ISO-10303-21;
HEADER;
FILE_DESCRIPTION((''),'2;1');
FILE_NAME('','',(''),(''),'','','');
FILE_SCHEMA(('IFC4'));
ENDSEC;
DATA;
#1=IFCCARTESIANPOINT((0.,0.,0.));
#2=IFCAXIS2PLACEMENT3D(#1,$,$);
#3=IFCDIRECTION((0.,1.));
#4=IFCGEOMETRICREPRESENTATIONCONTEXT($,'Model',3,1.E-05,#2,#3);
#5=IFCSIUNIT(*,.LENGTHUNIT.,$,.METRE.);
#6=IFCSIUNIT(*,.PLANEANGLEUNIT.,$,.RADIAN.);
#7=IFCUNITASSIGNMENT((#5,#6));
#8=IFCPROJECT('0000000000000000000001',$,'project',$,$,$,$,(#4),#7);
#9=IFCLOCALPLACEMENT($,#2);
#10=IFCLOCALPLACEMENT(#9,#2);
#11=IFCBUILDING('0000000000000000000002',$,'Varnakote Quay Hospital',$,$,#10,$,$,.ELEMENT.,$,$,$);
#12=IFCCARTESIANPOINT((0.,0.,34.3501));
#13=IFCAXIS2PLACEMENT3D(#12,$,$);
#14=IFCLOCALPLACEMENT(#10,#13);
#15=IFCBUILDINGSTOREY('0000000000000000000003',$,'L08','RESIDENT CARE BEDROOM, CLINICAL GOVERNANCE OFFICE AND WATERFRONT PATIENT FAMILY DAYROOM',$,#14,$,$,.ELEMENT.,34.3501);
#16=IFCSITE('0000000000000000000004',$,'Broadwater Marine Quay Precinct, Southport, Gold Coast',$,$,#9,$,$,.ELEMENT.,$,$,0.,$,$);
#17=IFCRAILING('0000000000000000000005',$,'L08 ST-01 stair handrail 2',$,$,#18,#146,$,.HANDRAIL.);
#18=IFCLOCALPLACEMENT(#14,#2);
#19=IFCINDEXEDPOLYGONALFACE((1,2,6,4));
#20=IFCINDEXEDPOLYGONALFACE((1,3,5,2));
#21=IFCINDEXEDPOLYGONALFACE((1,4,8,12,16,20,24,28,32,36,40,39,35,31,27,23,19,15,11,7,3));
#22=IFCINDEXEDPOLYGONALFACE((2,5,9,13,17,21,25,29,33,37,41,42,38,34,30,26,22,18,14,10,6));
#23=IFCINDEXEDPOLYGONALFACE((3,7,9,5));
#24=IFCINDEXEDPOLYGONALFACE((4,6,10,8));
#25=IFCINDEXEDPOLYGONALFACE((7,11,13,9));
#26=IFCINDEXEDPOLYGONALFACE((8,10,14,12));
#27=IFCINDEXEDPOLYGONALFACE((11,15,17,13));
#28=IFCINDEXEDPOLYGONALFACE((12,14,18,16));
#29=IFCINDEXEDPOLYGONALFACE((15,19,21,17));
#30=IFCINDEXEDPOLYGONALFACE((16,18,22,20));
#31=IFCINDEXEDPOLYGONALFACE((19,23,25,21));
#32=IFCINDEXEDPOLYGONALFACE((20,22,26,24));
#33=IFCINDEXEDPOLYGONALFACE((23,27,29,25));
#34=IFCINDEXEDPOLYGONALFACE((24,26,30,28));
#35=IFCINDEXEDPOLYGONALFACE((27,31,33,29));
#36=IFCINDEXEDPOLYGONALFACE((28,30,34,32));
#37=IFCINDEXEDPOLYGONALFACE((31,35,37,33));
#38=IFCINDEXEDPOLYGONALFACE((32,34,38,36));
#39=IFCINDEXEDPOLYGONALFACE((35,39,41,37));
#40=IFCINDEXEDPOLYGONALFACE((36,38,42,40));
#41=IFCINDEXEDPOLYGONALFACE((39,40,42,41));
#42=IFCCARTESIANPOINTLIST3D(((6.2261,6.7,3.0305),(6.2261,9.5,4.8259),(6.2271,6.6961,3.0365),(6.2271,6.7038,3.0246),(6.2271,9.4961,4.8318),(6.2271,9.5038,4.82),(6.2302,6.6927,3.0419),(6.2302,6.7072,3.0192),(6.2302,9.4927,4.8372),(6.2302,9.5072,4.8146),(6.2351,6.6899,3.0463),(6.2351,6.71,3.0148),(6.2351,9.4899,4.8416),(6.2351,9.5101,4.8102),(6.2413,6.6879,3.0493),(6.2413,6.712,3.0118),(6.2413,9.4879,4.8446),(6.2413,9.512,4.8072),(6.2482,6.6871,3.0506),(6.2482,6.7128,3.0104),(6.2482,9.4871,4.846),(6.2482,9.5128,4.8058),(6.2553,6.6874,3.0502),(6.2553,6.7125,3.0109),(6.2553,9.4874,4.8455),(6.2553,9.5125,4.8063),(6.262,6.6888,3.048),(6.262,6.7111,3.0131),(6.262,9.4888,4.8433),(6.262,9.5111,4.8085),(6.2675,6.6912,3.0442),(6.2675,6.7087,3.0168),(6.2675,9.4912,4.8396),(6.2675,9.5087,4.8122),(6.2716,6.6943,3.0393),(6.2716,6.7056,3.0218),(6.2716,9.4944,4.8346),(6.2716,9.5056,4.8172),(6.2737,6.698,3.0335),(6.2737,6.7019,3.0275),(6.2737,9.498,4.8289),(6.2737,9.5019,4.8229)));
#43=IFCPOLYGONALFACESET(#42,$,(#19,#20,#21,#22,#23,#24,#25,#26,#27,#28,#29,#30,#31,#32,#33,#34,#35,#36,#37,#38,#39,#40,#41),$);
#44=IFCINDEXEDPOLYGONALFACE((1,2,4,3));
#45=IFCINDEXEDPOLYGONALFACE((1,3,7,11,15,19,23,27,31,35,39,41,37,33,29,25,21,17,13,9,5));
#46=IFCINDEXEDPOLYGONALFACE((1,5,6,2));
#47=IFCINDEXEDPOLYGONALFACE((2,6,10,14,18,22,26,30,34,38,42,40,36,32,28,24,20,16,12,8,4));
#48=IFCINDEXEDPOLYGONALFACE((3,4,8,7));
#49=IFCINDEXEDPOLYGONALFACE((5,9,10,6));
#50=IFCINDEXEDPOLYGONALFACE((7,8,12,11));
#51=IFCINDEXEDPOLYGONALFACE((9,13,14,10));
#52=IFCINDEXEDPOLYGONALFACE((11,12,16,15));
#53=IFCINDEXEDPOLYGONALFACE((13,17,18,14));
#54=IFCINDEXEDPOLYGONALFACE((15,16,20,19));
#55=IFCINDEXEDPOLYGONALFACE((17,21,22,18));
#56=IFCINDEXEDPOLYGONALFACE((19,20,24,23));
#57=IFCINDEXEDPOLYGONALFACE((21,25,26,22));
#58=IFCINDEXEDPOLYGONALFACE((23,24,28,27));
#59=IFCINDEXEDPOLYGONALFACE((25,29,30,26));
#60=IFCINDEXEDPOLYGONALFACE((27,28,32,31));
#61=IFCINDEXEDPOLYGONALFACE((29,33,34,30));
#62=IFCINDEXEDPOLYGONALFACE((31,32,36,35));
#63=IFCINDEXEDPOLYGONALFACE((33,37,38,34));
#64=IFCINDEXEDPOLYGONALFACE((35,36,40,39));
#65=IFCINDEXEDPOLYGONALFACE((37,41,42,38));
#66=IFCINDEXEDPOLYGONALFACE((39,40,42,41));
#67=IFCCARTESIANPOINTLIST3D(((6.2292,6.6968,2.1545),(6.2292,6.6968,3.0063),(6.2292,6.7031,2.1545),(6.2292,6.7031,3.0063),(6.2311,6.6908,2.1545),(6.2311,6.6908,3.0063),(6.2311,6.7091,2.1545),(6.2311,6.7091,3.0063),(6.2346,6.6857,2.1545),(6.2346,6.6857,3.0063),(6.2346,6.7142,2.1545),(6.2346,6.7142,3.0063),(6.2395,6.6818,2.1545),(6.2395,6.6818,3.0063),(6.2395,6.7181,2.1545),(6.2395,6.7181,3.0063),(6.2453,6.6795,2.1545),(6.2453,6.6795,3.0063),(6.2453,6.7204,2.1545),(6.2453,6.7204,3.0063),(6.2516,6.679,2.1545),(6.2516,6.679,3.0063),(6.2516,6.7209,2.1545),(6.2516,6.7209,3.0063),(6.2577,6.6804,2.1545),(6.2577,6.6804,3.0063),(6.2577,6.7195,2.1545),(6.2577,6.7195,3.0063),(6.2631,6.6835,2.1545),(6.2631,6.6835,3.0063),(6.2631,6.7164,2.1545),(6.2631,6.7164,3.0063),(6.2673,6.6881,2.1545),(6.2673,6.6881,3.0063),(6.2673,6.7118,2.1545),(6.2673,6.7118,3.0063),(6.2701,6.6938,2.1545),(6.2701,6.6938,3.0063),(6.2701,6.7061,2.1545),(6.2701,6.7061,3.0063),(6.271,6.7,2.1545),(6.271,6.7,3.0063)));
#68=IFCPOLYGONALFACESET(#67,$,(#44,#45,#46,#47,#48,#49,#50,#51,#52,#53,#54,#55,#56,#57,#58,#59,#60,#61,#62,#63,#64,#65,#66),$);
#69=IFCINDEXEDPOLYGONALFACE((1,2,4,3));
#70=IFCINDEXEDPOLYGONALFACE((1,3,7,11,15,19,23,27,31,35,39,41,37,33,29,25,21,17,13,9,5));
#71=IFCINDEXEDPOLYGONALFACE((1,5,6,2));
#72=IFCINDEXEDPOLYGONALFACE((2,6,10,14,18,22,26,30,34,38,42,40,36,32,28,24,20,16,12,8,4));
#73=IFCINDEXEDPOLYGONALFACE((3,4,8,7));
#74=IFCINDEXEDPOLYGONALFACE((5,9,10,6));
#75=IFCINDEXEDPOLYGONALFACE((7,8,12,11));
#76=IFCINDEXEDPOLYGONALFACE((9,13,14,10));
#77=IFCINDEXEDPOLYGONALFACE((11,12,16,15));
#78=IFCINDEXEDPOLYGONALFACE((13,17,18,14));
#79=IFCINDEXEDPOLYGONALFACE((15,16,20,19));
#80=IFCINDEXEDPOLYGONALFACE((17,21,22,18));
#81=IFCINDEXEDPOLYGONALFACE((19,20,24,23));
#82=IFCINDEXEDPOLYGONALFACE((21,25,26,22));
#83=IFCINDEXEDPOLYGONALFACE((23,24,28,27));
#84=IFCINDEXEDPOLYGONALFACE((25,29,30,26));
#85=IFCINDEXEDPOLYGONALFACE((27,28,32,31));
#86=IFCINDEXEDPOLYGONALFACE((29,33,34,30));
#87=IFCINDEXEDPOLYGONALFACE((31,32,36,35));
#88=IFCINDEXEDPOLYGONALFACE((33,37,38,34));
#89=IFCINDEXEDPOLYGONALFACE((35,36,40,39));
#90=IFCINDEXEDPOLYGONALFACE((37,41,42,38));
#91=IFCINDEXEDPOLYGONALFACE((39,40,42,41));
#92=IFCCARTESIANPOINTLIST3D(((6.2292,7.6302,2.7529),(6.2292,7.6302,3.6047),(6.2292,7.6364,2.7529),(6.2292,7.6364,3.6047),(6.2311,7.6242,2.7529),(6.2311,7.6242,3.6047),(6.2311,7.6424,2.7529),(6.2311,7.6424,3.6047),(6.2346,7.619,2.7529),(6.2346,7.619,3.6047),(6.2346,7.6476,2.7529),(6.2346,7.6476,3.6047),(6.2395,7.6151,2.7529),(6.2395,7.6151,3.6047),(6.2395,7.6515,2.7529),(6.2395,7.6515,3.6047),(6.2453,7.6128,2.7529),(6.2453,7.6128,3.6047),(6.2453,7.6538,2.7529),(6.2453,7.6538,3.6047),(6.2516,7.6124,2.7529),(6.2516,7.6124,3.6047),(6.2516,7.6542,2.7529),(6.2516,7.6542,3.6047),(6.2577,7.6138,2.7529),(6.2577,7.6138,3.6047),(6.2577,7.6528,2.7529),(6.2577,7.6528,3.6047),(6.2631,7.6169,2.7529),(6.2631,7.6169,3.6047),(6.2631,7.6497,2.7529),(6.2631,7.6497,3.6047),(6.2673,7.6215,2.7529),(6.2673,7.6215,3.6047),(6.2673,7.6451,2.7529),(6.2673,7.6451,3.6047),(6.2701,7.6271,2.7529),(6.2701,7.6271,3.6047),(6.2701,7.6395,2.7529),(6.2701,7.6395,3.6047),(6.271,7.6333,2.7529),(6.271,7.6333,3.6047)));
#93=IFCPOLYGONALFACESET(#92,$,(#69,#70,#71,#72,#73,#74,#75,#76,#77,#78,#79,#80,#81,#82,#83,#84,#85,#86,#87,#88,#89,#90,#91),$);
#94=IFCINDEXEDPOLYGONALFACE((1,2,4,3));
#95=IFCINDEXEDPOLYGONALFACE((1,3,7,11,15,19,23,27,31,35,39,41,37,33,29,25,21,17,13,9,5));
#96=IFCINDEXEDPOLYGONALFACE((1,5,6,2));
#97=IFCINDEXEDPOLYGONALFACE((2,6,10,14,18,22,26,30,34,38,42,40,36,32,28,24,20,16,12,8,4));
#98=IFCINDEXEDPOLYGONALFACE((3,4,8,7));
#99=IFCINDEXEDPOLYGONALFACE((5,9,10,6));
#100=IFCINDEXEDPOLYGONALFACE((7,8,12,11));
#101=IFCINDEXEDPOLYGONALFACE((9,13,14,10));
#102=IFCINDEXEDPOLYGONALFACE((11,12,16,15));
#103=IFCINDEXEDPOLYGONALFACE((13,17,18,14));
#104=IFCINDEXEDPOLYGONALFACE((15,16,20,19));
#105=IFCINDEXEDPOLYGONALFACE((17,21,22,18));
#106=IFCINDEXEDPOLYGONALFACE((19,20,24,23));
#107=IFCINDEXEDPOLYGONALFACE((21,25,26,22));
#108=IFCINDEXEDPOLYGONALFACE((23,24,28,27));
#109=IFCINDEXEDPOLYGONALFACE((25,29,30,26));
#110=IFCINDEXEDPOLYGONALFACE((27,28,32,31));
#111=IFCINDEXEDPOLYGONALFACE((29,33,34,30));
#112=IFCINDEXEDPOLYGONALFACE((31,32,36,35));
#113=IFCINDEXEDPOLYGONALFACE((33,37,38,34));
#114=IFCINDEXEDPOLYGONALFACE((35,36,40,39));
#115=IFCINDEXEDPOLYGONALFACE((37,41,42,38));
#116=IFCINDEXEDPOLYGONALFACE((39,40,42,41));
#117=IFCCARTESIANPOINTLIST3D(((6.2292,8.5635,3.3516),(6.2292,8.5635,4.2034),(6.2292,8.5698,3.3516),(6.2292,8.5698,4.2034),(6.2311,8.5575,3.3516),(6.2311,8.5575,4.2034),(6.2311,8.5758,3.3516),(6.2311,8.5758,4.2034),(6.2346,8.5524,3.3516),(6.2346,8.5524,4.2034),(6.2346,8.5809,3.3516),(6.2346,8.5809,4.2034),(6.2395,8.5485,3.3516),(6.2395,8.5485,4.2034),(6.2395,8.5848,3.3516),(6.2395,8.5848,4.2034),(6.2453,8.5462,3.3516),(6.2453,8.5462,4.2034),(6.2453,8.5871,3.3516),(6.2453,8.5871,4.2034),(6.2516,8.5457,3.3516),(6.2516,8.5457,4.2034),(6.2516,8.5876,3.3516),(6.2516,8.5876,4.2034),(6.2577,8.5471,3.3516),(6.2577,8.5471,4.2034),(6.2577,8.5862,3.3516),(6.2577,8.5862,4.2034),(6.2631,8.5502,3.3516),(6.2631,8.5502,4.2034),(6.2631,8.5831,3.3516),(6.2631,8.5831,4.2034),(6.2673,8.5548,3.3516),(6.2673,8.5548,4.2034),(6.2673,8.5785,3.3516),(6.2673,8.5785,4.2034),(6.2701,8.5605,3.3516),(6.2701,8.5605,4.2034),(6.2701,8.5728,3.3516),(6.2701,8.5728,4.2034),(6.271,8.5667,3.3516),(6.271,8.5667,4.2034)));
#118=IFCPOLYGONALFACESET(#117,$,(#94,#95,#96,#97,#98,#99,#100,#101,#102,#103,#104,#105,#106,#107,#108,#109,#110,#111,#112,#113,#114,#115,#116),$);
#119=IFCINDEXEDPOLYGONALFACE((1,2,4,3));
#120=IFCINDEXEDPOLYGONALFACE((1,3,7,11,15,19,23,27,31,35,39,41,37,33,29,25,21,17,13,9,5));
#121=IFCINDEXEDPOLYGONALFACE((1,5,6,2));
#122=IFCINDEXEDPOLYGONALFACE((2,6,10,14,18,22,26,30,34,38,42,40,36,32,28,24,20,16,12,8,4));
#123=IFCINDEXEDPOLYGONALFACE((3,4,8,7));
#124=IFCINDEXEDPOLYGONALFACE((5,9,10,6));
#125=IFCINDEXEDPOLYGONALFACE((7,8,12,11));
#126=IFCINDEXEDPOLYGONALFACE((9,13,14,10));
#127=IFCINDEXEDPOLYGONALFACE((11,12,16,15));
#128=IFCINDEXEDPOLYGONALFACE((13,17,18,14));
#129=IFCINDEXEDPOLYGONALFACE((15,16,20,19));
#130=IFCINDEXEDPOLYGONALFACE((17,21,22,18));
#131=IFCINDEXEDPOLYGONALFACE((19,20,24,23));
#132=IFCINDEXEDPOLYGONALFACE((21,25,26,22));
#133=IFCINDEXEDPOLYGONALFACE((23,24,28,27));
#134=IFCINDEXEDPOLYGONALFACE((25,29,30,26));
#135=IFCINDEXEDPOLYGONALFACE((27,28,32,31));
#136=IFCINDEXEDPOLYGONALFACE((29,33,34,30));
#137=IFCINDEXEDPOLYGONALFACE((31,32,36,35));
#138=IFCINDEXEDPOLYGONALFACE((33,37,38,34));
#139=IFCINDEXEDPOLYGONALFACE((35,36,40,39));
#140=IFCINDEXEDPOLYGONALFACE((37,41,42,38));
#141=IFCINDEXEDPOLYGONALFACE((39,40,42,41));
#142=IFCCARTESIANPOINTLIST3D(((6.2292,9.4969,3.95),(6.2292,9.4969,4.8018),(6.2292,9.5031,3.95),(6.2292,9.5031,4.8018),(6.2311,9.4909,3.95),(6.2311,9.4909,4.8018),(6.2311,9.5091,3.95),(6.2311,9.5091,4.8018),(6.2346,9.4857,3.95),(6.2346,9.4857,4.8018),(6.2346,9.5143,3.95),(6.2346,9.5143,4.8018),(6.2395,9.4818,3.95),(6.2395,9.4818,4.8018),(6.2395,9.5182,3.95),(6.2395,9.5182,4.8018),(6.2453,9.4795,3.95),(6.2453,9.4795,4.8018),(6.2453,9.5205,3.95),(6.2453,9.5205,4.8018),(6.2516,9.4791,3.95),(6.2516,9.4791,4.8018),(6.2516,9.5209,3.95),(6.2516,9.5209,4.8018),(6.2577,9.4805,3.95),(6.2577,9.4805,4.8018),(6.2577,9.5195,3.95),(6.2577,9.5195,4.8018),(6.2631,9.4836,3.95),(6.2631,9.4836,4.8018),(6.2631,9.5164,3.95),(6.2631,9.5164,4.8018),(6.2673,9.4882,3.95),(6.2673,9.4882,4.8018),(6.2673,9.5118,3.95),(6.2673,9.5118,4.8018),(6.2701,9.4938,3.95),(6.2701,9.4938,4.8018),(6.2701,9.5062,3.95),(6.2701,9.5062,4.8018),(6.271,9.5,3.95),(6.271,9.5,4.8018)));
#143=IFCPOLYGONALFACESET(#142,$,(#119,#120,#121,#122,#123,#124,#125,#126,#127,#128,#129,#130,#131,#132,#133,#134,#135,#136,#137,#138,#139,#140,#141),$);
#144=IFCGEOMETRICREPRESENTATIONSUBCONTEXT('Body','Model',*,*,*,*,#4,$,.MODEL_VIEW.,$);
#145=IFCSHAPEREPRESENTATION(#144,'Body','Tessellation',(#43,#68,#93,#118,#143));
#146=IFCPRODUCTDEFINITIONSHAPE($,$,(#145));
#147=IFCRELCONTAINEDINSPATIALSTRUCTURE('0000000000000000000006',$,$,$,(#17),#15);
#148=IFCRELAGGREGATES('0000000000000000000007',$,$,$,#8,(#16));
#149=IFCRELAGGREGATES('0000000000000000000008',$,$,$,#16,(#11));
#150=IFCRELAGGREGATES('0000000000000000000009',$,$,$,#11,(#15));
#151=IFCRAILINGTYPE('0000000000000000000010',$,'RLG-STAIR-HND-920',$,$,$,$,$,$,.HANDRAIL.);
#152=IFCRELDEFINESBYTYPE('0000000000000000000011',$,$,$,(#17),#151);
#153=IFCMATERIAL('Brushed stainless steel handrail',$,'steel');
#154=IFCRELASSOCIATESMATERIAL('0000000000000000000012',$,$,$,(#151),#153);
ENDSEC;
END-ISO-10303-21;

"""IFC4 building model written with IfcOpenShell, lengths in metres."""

from ifc_helpers import new_model, si_unit, direction, frame, origin, origin_2d, place, context, subcontext, project, spatial, circle, extrude, material, type_object, element, save


model = new_model("IFC4")

# Units and contexts
model_context = context("Model", 3, precision=1e-05, world=origin(), true_north=direction((0.0, 1.0)))
body_context = subcontext(model_context, "Body", "Model", "MODEL_VIEW")
ifc_project = project(units=[si_unit("LENGTHUNIT", "METRE"), si_unit("PLANEANGLEUNIT", "RADIAN")], contexts=[model_context])

# Site, building, storey
site_placement = place(None, origin())
site = spatial("IfcSite", under=ifc_project, at=site_placement, Name="Broadwater Marine Quay Precinct, Southport, Gold Coast", CompositionType="ELEMENT", RefElevation=0.0)
building_placement = place(site_placement, origin())
building = spatial("IfcBuilding", under=site, at=building_placement, Name="Varnakote Quay Hospital", CompositionType="ELEMENT")
storey_placement = place(building_placement, frame((0.0, 0.0, 34.3501)))
storey = spatial("IfcBuildingStorey", under=building, at=storey_placement, Name="L08", Description="RESIDENT CARE BEDROOM, CLINICAL GOVERNANCE OFFICE AND WATERFRONT PATIENT FAMILY DAYROOM", CompositionType="ELEMENT", Elevation=34.3501)

# Railing
ifc_material_1 = material(Name="Brushed stainless steel handrail", Category="steel")
railing_type_1 = type_object("IfcRailingType", Name="RLG-STAIR-HND-920", PredefinedType="HANDRAIL", material=ifc_material_1)
railing_1_placement = place(storey_placement, frame((6.25, 6.7, 2.1545)))
element("IfcRailing", 1, at=railing_1_placement, inside=storey, type_object=railing_type_1, Name="L08 ST-01 stair handrail 2", PredefinedType="HANDRAIL", context=body_context, shape_type="SweptSolid", body=[
    extrude(circle(Radius=0.0239, at=origin_2d()), frame((0.0, 0.0, 0.876), z_axis=(0.0, 0.84181, 0.539774), x_axis=(-1.0, 0.0, 0.0)), (0.0, 0.0, 1.0), 3.3262),
    extrude(circle(Radius=0.021, at=origin_2d()), origin(), (0.0, 0.0, 1.0), 0.8518),
    extrude(circle(Radius=0.021, at=origin_2d()), frame((0.0, 0.9333, 0.5984)), (0.0, 0.0, 1.0), 0.8518),
    extrude(circle(Radius=0.021, at=origin_2d()), frame((0.0, 1.8667, 1.197)), (0.0, 0.0, 1.0), 0.8518),
    extrude(circle(Radius=0.021, at=origin_2d()), frame((0.0, 2.8, 1.7954)), (0.0, 0.0, 1.0), 0.8518),
])

save(model, "model.ifc")
